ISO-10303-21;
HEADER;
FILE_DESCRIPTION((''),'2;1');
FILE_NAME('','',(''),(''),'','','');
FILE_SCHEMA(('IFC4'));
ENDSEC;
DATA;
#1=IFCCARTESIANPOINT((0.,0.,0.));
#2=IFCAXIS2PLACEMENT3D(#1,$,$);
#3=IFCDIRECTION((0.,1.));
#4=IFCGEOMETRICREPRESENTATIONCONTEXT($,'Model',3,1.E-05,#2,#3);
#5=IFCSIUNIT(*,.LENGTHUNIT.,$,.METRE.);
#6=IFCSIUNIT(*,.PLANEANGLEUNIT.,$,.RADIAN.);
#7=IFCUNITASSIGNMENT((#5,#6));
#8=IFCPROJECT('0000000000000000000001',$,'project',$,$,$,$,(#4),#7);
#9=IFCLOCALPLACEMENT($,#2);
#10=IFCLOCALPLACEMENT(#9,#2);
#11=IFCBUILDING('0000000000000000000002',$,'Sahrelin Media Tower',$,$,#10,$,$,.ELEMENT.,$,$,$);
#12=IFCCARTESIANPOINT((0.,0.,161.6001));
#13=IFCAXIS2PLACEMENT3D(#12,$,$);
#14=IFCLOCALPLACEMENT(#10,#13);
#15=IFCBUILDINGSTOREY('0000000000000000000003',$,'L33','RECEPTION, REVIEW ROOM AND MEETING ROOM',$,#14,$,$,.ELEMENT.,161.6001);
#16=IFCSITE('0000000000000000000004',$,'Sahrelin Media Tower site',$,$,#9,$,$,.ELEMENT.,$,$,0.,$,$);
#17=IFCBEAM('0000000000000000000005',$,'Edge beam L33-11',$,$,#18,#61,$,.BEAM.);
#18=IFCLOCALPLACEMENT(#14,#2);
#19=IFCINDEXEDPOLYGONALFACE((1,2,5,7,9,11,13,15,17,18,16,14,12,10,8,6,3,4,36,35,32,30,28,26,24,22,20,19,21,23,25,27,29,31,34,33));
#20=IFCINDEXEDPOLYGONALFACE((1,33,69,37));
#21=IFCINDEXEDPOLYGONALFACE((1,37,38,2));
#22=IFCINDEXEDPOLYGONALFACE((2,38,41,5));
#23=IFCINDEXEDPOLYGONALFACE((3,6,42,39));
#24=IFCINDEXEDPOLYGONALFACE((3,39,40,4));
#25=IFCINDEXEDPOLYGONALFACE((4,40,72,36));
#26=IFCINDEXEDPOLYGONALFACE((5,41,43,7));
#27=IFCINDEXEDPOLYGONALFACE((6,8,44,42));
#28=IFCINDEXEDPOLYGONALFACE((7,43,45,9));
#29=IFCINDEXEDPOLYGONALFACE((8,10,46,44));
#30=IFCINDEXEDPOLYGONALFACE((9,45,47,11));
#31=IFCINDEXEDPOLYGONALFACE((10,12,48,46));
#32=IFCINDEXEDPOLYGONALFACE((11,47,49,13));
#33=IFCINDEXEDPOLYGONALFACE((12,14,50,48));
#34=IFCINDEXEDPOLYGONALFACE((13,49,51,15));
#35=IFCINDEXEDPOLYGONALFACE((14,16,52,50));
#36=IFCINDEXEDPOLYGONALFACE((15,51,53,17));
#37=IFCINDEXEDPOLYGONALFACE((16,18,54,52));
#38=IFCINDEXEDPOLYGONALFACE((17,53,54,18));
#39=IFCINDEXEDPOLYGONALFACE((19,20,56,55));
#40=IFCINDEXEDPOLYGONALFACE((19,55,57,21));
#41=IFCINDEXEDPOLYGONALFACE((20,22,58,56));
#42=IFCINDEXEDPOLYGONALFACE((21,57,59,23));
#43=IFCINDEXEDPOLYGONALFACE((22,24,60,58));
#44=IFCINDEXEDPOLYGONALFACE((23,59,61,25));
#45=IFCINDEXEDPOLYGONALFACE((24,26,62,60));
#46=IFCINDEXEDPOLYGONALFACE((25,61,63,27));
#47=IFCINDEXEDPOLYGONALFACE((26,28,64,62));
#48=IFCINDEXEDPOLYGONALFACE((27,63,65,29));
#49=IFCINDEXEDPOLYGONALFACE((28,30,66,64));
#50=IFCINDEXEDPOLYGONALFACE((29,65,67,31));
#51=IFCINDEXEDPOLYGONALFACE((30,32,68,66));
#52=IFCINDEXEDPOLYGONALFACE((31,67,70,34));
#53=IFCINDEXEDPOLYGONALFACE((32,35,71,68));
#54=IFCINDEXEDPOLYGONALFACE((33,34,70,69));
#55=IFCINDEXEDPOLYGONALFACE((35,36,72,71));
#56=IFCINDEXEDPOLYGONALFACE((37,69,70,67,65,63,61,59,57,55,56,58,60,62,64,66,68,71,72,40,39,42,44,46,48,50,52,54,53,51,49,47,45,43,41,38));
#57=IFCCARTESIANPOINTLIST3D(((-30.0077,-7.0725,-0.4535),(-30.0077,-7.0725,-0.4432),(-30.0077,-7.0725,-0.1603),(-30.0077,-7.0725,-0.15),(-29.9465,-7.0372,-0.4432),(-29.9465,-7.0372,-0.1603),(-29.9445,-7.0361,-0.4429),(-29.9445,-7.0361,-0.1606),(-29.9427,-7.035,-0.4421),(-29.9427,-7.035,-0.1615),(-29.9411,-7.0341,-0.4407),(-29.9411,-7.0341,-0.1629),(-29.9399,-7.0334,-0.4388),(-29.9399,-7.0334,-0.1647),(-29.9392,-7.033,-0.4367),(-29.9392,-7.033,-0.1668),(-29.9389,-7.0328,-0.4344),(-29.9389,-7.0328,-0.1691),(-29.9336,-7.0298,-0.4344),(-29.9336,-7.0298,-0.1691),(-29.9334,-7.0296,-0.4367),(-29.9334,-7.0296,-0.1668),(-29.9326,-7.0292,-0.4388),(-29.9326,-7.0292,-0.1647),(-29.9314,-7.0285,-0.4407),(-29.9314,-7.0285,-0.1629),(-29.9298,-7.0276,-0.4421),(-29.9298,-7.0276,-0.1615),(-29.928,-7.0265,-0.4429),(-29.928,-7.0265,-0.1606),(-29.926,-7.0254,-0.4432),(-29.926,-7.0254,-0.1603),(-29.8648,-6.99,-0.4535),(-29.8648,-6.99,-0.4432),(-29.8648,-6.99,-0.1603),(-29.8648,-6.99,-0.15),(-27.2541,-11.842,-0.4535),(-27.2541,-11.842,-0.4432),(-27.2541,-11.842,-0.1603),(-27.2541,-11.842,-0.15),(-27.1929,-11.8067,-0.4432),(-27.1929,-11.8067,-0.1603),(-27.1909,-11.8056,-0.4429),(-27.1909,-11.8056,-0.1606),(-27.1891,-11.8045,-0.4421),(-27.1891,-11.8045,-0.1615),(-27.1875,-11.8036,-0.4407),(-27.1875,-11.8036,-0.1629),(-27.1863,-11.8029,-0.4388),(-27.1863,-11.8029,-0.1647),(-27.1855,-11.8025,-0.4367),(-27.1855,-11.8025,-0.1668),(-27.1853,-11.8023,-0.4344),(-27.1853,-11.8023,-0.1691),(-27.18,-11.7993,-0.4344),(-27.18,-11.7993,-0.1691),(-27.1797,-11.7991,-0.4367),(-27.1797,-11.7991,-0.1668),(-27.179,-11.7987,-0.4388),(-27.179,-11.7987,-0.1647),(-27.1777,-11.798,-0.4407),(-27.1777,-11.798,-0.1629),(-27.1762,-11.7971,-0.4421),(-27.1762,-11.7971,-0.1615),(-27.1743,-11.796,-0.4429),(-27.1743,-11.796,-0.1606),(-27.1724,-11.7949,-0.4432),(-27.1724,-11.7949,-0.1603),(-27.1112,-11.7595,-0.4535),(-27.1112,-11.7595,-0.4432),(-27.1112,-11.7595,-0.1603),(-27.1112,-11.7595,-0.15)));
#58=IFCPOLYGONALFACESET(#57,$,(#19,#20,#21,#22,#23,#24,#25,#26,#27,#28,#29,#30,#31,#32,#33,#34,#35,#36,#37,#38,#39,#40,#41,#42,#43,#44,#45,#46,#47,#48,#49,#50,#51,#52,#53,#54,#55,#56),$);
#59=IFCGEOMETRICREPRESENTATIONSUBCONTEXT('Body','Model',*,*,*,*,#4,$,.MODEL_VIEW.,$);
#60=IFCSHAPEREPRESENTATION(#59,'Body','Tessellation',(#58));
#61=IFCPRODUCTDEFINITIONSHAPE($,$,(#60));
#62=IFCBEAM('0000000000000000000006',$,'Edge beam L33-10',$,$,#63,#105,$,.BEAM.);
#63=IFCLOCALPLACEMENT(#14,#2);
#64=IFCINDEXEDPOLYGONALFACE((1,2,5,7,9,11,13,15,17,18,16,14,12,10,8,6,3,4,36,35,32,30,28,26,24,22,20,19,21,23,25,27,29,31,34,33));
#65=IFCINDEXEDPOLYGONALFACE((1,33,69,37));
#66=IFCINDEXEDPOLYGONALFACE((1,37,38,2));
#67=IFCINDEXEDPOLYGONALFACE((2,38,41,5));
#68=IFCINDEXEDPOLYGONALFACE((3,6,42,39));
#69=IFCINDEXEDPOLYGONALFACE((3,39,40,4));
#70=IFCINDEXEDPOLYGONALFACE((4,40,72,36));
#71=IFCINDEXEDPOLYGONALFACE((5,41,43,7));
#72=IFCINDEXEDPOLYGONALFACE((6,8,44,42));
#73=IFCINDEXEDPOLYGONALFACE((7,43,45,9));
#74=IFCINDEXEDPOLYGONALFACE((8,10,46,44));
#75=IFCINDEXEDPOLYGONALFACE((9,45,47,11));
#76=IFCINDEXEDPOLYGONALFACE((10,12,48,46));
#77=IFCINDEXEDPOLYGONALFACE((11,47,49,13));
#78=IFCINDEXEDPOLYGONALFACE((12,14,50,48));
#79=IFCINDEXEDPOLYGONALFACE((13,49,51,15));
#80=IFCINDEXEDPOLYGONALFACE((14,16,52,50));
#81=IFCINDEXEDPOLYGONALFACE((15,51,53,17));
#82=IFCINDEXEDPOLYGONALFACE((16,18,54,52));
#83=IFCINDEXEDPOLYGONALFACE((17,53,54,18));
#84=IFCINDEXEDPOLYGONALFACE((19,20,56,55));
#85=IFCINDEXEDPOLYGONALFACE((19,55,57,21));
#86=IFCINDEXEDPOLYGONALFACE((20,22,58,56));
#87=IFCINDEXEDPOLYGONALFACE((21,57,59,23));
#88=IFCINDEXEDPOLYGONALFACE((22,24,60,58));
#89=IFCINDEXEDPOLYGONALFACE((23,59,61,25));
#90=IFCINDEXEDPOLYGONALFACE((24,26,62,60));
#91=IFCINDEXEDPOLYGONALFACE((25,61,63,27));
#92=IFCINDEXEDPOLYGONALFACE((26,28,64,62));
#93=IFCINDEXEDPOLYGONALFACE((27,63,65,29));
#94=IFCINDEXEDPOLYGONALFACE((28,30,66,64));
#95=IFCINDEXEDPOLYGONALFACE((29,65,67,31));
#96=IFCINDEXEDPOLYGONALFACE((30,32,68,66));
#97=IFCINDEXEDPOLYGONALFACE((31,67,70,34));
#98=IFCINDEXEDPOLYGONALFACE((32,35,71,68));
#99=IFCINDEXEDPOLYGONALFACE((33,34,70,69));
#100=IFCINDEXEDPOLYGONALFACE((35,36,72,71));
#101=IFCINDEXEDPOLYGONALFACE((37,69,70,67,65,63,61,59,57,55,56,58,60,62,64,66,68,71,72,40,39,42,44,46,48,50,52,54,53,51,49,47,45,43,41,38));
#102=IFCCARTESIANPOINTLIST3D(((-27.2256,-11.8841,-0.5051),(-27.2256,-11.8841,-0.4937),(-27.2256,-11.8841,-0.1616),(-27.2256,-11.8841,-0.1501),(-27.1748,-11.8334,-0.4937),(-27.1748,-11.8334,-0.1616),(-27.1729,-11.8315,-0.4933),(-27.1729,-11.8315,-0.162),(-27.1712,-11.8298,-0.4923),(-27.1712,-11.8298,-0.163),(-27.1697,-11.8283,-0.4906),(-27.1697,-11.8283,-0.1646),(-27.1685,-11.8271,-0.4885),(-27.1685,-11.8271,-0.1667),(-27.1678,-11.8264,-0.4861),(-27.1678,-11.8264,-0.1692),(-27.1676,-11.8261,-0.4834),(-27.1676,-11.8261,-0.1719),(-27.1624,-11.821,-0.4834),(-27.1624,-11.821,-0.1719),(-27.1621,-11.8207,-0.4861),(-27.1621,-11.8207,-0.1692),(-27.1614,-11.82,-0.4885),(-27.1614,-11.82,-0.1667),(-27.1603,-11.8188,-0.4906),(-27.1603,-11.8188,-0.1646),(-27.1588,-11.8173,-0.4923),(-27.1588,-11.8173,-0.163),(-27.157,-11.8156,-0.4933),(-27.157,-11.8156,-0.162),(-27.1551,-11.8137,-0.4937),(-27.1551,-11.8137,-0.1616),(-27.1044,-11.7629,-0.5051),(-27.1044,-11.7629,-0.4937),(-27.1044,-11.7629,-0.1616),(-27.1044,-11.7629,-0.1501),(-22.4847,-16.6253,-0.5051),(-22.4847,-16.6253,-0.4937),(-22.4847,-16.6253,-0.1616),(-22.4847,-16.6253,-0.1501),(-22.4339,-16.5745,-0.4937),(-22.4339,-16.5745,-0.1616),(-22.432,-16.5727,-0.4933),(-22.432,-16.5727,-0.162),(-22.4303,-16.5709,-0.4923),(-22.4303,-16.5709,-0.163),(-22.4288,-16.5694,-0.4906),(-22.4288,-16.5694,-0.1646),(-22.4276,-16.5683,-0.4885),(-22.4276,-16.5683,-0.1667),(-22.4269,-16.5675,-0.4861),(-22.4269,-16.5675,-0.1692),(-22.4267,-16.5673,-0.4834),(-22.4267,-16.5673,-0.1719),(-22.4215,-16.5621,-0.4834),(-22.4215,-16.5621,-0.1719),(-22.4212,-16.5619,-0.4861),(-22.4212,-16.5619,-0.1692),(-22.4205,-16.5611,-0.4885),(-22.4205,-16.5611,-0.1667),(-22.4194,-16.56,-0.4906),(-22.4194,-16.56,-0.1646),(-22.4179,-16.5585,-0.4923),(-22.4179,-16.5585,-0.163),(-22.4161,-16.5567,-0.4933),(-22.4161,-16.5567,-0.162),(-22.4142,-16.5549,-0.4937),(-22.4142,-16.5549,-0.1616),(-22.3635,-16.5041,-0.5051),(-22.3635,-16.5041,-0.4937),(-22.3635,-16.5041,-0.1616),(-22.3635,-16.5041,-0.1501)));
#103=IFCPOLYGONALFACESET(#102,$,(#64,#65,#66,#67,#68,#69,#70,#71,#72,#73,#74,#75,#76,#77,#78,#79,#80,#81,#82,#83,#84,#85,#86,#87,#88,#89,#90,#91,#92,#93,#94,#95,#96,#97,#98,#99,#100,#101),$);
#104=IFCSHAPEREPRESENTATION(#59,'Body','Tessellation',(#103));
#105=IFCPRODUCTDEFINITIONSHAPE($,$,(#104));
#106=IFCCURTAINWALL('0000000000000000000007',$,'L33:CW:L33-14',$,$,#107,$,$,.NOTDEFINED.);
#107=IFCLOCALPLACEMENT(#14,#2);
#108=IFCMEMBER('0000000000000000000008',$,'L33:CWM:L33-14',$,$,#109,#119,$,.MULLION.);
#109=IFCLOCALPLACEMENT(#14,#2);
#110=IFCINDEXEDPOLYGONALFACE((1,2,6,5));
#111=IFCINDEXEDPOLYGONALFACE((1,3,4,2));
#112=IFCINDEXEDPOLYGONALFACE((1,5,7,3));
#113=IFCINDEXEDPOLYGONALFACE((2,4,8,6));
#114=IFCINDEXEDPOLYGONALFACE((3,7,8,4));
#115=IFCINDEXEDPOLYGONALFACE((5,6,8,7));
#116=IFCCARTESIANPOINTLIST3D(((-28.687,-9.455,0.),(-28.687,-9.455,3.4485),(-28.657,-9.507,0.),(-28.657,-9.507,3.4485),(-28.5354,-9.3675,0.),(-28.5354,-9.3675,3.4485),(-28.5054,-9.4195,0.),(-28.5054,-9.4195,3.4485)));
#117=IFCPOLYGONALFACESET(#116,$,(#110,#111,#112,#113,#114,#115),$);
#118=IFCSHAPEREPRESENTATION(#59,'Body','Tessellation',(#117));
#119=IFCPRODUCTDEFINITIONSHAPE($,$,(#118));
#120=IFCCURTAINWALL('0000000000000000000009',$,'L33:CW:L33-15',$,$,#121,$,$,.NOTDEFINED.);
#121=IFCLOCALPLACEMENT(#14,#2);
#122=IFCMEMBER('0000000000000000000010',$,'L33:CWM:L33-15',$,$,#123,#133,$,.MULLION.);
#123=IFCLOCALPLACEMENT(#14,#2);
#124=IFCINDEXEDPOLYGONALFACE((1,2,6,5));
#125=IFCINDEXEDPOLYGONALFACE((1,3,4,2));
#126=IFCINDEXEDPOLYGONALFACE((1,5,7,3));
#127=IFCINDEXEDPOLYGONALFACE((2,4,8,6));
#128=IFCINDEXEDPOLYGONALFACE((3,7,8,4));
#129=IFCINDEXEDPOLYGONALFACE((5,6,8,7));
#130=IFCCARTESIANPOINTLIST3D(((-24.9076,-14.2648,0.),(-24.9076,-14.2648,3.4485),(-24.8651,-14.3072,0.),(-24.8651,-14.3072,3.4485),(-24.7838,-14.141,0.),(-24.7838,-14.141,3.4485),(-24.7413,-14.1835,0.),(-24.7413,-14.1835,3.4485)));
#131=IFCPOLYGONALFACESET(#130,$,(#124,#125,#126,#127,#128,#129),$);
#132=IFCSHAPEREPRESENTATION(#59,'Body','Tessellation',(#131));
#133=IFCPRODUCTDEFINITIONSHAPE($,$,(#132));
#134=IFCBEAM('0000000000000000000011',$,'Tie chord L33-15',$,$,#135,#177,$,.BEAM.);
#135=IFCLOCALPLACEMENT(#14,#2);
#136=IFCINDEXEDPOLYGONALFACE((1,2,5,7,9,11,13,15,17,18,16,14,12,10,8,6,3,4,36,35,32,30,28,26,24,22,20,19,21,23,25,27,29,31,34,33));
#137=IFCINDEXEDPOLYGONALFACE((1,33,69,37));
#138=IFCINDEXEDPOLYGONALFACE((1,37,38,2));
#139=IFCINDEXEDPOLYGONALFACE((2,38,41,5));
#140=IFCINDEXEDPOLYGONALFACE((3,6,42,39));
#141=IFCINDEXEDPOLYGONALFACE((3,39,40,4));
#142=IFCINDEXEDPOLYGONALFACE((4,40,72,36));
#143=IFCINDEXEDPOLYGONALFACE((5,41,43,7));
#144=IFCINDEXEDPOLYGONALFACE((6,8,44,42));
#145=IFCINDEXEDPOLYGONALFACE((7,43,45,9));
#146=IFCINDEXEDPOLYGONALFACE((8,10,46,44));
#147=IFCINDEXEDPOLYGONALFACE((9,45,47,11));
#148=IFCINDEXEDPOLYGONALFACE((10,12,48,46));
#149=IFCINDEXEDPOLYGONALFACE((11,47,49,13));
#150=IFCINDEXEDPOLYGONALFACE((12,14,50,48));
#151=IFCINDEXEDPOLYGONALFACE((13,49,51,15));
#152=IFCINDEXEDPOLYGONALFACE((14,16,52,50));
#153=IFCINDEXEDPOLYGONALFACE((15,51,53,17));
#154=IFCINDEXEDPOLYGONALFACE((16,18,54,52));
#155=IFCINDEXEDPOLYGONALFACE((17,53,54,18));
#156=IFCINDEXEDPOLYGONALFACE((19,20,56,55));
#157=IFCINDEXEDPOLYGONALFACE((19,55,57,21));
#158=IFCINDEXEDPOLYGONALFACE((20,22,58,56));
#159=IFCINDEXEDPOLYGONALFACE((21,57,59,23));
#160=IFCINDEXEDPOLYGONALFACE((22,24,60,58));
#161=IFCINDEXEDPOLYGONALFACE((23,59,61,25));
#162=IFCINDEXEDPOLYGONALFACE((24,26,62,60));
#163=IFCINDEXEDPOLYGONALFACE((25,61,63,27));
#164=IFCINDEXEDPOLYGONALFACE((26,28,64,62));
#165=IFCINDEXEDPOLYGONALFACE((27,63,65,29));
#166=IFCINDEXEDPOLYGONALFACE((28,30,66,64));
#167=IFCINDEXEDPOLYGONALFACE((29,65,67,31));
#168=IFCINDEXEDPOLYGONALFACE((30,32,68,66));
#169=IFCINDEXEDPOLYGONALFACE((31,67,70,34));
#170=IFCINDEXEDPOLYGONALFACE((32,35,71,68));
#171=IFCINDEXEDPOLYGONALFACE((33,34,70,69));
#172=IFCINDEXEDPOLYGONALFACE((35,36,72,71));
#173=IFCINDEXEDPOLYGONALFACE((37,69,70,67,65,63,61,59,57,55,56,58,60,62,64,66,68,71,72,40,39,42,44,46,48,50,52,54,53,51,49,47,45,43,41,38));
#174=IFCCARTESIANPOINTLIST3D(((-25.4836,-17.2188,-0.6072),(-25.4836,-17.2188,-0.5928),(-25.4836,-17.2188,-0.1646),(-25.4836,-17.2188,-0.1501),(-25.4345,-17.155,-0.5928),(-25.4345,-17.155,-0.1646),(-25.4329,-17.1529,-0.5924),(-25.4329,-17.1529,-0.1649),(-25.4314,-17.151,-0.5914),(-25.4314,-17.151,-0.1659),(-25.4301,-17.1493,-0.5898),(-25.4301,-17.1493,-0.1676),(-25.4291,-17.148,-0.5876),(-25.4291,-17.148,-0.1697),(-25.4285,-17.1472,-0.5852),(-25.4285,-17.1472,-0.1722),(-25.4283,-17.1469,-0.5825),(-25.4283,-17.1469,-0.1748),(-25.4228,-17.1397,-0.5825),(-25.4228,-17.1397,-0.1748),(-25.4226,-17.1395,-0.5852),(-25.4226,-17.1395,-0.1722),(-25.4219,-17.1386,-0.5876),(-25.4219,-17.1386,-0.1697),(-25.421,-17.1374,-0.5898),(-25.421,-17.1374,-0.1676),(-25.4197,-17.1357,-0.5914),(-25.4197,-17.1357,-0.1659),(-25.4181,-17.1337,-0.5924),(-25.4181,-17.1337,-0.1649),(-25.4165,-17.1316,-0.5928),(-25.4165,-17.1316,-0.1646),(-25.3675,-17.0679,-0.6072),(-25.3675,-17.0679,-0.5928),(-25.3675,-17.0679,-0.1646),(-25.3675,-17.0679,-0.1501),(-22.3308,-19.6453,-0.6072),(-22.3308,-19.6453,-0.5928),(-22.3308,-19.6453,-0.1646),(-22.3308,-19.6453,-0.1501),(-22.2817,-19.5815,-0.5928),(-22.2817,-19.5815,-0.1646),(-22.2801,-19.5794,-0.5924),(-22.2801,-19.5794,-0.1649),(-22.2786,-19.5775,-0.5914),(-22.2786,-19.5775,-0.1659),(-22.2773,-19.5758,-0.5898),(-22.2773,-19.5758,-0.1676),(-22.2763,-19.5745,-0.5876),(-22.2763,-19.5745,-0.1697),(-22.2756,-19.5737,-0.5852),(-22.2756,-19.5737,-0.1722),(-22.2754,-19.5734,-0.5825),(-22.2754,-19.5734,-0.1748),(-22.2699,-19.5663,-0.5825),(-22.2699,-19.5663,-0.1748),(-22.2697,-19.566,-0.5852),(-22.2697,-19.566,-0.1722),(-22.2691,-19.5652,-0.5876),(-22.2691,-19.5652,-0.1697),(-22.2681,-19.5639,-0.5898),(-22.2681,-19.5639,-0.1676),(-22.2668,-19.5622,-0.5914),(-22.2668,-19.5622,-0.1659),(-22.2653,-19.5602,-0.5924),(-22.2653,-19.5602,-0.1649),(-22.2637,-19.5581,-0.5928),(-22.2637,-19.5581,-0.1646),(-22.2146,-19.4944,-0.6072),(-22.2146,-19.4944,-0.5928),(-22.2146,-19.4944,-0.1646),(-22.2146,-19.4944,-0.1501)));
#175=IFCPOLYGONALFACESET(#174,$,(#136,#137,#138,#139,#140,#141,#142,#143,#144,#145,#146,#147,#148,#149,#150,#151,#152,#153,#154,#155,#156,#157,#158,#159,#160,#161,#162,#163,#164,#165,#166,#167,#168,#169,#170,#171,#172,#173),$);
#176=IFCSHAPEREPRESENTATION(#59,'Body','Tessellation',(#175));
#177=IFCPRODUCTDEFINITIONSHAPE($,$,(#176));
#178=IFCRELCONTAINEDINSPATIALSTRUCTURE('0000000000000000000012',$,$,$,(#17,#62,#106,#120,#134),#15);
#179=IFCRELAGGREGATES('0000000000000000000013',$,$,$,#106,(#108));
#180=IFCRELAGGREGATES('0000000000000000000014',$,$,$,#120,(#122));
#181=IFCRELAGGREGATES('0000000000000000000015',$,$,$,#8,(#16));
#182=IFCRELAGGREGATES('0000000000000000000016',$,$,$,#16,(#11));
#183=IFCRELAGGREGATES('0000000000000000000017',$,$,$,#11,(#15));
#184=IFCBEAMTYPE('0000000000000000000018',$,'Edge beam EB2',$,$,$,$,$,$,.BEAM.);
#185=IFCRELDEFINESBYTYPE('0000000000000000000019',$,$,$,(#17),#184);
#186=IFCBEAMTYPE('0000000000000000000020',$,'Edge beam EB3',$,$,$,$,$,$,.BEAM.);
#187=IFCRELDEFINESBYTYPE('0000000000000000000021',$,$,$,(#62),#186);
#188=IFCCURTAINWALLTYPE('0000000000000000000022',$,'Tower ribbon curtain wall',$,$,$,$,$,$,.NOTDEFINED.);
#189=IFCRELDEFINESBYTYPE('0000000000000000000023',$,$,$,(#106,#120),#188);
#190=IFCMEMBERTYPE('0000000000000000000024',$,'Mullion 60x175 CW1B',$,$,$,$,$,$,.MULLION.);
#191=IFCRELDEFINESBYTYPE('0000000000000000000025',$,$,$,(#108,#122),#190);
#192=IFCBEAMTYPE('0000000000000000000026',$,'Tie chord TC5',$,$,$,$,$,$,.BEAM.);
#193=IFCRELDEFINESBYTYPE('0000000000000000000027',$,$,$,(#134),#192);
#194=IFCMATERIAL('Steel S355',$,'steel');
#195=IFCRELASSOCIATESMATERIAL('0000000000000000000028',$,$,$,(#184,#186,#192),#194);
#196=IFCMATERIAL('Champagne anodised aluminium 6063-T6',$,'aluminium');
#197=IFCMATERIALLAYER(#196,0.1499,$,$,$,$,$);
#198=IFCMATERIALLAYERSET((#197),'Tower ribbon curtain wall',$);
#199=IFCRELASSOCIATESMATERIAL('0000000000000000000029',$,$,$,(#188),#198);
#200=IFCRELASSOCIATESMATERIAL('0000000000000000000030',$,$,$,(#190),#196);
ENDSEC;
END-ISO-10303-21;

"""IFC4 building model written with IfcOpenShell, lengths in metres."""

from ifc_helpers import new_model, si_unit, direction, frame, origin, origin_2d, place, context, subcontext, project, spatial, rectangle, i_section, extrude, material, layer, layer_set, material_profile, profile_set, type_object, element, aggregate, save


model = new_model("IFC4")

# Units and contexts
model_context = context("Model", 3, precision=1e-05, world=origin(), true_north=direction((0.0, 1.0)))
body_context = subcontext(model_context, "Body", "Model", "MODEL_VIEW")
ifc_project = project(units=[si_unit("LENGTHUNIT", "METRE"), si_unit("PLANEANGLEUNIT", "RADIAN")], contexts=[model_context])

# Site, building, storey
site_placement = place(None, origin())
site = spatial("IfcSite", under=ifc_project, at=site_placement, Name="Sahrelin Media Tower site", CompositionType="ELEMENT", RefElevation=0.0)
building_placement = place(site_placement, origin())
building = spatial("IfcBuilding", under=site, at=building_placement, Name="Sahrelin Media Tower", CompositionType="ELEMENT")
storey_placement = place(building_placement, frame((0.0, 0.0, 161.6001)))
storey = spatial("IfcBuildingStorey", under=building, at=storey_placement, Name="L33", Description="RECEPTION, REVIEW ROOM AND MEETING ROOM", CompositionType="ELEMENT", Elevation=161.6001)

# Beams
ifc_material_1 = material(Name="Steel S355", Category="steel")
ifc_material_profile_1 = material_profile(ifc_material_1, i_section(OverallWidth=0.165, OverallDepth=0.3035, WebThickness=0.0061, FlangeThickness=0.0103, FilletRadius=0.0088, at=origin_2d()), Name="UB 305x165x40")
ifc_profile_set_1 = profile_set([ifc_material_profile_1], Name="Steel S355")
beam_type_1 = type_object("IfcBeamType", Name="Edge beam EB2", PredefinedType="BEAM", material=ifc_profile_set_1)
beam_1_placement = place(storey_placement, frame((-27.1826, -11.8008, -0.3018), z_axis=(-0.499996, 0.866028, 0.0), x_axis=(-0.866028, -0.499996, 0.0)))
element("IfcBeam", 1, at=beam_1_placement, inside=storey, type_object=beam_type_1, Name="Edge beam L33-11", PredefinedType="BEAM", context=body_context, shape_type="SweptSolid", body=[
    extrude(i_section(OverallWidth=0.165, OverallDepth=0.3035, WebThickness=0.0061, FlangeThickness=0.0103, FilletRadius=0.0088, at=origin_2d()), origin(), (0.0, 0.0, 1.0), 5.5073),
])
ifc_material_profile_2 = material_profile(ifc_material_1, i_section(OverallWidth=0.1714, OverallDepth=0.355, WebThickness=0.0073, FlangeThickness=0.0115, FilletRadius=0.0103, at=origin_2d()), Name="UB 356x171x51")
ifc_profile_set_2 = profile_set([ifc_material_profile_2], Name="Steel S355")
beam_type_2 = type_object("IfcBeamType", Name="Edge beam EB3", PredefinedType="BEAM", material=ifc_profile_set_2)
beam_2_placement = place(storey_placement, frame((-22.4241, -16.5647, -0.3276), z_axis=(-0.707089, 0.707125, 0.0), x_axis=(-0.707125, -0.707089, 0.0)))
element("IfcBeam", 2, at=beam_2_placement, inside=storey, type_object=beam_type_2, Name="Edge beam L33-10", PredefinedType="BEAM", context=body_context, shape_type="SweptSolid", body=[
    extrude(i_section(OverallWidth=0.1714, OverallDepth=0.355, WebThickness=0.0073, FlangeThickness=0.0115, FilletRadius=0.0103, at=origin_2d()), origin(), (0.0, 0.0, 1.0), 6.7048),
])

# Curtain walls, members
ifc_material_2 = material(Name="Champagne anodised aluminium 6063-T6", Category="aluminium")
ifc_layer_1 = layer(ifc_material_2, 0.1499)
ifc_layer_set_1 = layer_set([ifc_layer_1], Name="Tower ribbon curtain wall")
curtain_wall_type = type_object("IfcCurtainWallType", Name="Tower ribbon curtain wall", PredefinedType="NOTDEFINED", material=ifc_layer_set_1)
curtain_wall_1_placement = place(storey_placement, frame((-28.6892, -9.491, 0.0), z_axis=(0.0, 0.0, 1.0), x_axis=(1.0, 0.0, 0.0)))
curtain_wall_1 = element("IfcCurtainWall", 3, at=curtain_wall_1_placement, inside=storey, type_object=curtain_wall_type, Name="L33:CW:L33-14", PredefinedType="NOTDEFINED")
ifc_material_profile_3 = material_profile(ifc_material_2, rectangle(XDim=0.0601, YDim=0.175, at=origin_2d()), Name="Mullion 60x175")
ifc_profile_set_3 = profile_set([ifc_material_profile_3], Name="Champagne anodised aluminium 6063-T6")
member_type_1 = type_object("IfcMemberType", Name="Mullion 60x175 CW1B", PredefinedType="MULLION", material=ifc_profile_set_3)
member_1_placement = place(storey_placement, frame((-28.5962, -9.4373, 0.0), z_axis=(0.0, 0.0, 1.0), x_axis=(0.499998, -0.866026, 0.0)))
member_1 = element("IfcMember", 4, at=member_1_placement, type_object=member_type_1, Name="L33:CWM:L33-14", PredefinedType="MULLION", context=body_context, shape_type="SweptSolid", body=[
    extrude(rectangle(XDim=0.0601, YDim=0.175, at=origin_2d()), origin(), (0.0, 0.0, 1.0), 3.4485),
])
aggregate(curtain_wall_1, [member_1])
curtain_wall_2_placement = place(storey_placement, frame((-24.9006, -14.3003, 0.0), z_axis=(0.0, 0.0, 1.0), x_axis=(1.0, 0.0, 0.0)))
curtain_wall_2 = element("IfcCurtainWall", 5, at=curtain_wall_2_placement, inside=storey, type_object=curtain_wall_type, Name="L33:CW:L33-15", PredefinedType="NOTDEFINED")
member_2_placement = place(storey_placement, frame((-24.8245, -14.2241, 0.0), z_axis=(0.0, 0.0, 1.0), x_axis=(0.707107, -0.707107, 0.0)))
member_2 = element("IfcMember", 6, at=member_2_placement, type_object=member_type_1, Name="L33:CWM:L33-15", PredefinedType="MULLION", context=body_context, shape_type="SweptSolid", body=[
    extrude(rectangle(XDim=0.0601, YDim=0.175, at=origin_2d()), origin(), (0.0, 0.0, 1.0), 3.4485),
])

# Beam
ifc_material_profile_4 = material_profile(ifc_material_1, i_section(OverallWidth=0.1904, OverallDepth=0.457, WebThickness=0.009, FlangeThickness=0.0144, FilletRadius=0.0103, at=origin_2d()), Name="UB 457x191x74")
ifc_profile_set_4 = profile_set([ifc_material_profile_4], Name="Steel S355")
beam_type_3 = type_object("IfcBeamType", Name="Tie chord TC5", PredefinedType="BEAM", material=ifc_profile_set_4)
beam_3_placement = place(storey_placement, frame((-25.4255, -17.1433, -0.3787), z_axis=(0.792471, -0.609909, 0.0), x_axis=(0.609909, 0.792471, 0.0)))
element("IfcBeam", 7, at=beam_3_placement, inside=storey, type_object=beam_type_3, Name="Tie chord L33-15", PredefinedType="BEAM", context=body_context, shape_type="SweptSolid", body=[
    extrude(i_section(OverallWidth=0.1904, OverallDepth=0.457, WebThickness=0.009, FlangeThickness=0.0144, FilletRadius=0.0103, at=origin_2d()), origin(), (0.0, 0.0, 1.0), 3.9785),
])

aggregate(curtain_wall_2, [member_2])

save(model, "model.ifc")
